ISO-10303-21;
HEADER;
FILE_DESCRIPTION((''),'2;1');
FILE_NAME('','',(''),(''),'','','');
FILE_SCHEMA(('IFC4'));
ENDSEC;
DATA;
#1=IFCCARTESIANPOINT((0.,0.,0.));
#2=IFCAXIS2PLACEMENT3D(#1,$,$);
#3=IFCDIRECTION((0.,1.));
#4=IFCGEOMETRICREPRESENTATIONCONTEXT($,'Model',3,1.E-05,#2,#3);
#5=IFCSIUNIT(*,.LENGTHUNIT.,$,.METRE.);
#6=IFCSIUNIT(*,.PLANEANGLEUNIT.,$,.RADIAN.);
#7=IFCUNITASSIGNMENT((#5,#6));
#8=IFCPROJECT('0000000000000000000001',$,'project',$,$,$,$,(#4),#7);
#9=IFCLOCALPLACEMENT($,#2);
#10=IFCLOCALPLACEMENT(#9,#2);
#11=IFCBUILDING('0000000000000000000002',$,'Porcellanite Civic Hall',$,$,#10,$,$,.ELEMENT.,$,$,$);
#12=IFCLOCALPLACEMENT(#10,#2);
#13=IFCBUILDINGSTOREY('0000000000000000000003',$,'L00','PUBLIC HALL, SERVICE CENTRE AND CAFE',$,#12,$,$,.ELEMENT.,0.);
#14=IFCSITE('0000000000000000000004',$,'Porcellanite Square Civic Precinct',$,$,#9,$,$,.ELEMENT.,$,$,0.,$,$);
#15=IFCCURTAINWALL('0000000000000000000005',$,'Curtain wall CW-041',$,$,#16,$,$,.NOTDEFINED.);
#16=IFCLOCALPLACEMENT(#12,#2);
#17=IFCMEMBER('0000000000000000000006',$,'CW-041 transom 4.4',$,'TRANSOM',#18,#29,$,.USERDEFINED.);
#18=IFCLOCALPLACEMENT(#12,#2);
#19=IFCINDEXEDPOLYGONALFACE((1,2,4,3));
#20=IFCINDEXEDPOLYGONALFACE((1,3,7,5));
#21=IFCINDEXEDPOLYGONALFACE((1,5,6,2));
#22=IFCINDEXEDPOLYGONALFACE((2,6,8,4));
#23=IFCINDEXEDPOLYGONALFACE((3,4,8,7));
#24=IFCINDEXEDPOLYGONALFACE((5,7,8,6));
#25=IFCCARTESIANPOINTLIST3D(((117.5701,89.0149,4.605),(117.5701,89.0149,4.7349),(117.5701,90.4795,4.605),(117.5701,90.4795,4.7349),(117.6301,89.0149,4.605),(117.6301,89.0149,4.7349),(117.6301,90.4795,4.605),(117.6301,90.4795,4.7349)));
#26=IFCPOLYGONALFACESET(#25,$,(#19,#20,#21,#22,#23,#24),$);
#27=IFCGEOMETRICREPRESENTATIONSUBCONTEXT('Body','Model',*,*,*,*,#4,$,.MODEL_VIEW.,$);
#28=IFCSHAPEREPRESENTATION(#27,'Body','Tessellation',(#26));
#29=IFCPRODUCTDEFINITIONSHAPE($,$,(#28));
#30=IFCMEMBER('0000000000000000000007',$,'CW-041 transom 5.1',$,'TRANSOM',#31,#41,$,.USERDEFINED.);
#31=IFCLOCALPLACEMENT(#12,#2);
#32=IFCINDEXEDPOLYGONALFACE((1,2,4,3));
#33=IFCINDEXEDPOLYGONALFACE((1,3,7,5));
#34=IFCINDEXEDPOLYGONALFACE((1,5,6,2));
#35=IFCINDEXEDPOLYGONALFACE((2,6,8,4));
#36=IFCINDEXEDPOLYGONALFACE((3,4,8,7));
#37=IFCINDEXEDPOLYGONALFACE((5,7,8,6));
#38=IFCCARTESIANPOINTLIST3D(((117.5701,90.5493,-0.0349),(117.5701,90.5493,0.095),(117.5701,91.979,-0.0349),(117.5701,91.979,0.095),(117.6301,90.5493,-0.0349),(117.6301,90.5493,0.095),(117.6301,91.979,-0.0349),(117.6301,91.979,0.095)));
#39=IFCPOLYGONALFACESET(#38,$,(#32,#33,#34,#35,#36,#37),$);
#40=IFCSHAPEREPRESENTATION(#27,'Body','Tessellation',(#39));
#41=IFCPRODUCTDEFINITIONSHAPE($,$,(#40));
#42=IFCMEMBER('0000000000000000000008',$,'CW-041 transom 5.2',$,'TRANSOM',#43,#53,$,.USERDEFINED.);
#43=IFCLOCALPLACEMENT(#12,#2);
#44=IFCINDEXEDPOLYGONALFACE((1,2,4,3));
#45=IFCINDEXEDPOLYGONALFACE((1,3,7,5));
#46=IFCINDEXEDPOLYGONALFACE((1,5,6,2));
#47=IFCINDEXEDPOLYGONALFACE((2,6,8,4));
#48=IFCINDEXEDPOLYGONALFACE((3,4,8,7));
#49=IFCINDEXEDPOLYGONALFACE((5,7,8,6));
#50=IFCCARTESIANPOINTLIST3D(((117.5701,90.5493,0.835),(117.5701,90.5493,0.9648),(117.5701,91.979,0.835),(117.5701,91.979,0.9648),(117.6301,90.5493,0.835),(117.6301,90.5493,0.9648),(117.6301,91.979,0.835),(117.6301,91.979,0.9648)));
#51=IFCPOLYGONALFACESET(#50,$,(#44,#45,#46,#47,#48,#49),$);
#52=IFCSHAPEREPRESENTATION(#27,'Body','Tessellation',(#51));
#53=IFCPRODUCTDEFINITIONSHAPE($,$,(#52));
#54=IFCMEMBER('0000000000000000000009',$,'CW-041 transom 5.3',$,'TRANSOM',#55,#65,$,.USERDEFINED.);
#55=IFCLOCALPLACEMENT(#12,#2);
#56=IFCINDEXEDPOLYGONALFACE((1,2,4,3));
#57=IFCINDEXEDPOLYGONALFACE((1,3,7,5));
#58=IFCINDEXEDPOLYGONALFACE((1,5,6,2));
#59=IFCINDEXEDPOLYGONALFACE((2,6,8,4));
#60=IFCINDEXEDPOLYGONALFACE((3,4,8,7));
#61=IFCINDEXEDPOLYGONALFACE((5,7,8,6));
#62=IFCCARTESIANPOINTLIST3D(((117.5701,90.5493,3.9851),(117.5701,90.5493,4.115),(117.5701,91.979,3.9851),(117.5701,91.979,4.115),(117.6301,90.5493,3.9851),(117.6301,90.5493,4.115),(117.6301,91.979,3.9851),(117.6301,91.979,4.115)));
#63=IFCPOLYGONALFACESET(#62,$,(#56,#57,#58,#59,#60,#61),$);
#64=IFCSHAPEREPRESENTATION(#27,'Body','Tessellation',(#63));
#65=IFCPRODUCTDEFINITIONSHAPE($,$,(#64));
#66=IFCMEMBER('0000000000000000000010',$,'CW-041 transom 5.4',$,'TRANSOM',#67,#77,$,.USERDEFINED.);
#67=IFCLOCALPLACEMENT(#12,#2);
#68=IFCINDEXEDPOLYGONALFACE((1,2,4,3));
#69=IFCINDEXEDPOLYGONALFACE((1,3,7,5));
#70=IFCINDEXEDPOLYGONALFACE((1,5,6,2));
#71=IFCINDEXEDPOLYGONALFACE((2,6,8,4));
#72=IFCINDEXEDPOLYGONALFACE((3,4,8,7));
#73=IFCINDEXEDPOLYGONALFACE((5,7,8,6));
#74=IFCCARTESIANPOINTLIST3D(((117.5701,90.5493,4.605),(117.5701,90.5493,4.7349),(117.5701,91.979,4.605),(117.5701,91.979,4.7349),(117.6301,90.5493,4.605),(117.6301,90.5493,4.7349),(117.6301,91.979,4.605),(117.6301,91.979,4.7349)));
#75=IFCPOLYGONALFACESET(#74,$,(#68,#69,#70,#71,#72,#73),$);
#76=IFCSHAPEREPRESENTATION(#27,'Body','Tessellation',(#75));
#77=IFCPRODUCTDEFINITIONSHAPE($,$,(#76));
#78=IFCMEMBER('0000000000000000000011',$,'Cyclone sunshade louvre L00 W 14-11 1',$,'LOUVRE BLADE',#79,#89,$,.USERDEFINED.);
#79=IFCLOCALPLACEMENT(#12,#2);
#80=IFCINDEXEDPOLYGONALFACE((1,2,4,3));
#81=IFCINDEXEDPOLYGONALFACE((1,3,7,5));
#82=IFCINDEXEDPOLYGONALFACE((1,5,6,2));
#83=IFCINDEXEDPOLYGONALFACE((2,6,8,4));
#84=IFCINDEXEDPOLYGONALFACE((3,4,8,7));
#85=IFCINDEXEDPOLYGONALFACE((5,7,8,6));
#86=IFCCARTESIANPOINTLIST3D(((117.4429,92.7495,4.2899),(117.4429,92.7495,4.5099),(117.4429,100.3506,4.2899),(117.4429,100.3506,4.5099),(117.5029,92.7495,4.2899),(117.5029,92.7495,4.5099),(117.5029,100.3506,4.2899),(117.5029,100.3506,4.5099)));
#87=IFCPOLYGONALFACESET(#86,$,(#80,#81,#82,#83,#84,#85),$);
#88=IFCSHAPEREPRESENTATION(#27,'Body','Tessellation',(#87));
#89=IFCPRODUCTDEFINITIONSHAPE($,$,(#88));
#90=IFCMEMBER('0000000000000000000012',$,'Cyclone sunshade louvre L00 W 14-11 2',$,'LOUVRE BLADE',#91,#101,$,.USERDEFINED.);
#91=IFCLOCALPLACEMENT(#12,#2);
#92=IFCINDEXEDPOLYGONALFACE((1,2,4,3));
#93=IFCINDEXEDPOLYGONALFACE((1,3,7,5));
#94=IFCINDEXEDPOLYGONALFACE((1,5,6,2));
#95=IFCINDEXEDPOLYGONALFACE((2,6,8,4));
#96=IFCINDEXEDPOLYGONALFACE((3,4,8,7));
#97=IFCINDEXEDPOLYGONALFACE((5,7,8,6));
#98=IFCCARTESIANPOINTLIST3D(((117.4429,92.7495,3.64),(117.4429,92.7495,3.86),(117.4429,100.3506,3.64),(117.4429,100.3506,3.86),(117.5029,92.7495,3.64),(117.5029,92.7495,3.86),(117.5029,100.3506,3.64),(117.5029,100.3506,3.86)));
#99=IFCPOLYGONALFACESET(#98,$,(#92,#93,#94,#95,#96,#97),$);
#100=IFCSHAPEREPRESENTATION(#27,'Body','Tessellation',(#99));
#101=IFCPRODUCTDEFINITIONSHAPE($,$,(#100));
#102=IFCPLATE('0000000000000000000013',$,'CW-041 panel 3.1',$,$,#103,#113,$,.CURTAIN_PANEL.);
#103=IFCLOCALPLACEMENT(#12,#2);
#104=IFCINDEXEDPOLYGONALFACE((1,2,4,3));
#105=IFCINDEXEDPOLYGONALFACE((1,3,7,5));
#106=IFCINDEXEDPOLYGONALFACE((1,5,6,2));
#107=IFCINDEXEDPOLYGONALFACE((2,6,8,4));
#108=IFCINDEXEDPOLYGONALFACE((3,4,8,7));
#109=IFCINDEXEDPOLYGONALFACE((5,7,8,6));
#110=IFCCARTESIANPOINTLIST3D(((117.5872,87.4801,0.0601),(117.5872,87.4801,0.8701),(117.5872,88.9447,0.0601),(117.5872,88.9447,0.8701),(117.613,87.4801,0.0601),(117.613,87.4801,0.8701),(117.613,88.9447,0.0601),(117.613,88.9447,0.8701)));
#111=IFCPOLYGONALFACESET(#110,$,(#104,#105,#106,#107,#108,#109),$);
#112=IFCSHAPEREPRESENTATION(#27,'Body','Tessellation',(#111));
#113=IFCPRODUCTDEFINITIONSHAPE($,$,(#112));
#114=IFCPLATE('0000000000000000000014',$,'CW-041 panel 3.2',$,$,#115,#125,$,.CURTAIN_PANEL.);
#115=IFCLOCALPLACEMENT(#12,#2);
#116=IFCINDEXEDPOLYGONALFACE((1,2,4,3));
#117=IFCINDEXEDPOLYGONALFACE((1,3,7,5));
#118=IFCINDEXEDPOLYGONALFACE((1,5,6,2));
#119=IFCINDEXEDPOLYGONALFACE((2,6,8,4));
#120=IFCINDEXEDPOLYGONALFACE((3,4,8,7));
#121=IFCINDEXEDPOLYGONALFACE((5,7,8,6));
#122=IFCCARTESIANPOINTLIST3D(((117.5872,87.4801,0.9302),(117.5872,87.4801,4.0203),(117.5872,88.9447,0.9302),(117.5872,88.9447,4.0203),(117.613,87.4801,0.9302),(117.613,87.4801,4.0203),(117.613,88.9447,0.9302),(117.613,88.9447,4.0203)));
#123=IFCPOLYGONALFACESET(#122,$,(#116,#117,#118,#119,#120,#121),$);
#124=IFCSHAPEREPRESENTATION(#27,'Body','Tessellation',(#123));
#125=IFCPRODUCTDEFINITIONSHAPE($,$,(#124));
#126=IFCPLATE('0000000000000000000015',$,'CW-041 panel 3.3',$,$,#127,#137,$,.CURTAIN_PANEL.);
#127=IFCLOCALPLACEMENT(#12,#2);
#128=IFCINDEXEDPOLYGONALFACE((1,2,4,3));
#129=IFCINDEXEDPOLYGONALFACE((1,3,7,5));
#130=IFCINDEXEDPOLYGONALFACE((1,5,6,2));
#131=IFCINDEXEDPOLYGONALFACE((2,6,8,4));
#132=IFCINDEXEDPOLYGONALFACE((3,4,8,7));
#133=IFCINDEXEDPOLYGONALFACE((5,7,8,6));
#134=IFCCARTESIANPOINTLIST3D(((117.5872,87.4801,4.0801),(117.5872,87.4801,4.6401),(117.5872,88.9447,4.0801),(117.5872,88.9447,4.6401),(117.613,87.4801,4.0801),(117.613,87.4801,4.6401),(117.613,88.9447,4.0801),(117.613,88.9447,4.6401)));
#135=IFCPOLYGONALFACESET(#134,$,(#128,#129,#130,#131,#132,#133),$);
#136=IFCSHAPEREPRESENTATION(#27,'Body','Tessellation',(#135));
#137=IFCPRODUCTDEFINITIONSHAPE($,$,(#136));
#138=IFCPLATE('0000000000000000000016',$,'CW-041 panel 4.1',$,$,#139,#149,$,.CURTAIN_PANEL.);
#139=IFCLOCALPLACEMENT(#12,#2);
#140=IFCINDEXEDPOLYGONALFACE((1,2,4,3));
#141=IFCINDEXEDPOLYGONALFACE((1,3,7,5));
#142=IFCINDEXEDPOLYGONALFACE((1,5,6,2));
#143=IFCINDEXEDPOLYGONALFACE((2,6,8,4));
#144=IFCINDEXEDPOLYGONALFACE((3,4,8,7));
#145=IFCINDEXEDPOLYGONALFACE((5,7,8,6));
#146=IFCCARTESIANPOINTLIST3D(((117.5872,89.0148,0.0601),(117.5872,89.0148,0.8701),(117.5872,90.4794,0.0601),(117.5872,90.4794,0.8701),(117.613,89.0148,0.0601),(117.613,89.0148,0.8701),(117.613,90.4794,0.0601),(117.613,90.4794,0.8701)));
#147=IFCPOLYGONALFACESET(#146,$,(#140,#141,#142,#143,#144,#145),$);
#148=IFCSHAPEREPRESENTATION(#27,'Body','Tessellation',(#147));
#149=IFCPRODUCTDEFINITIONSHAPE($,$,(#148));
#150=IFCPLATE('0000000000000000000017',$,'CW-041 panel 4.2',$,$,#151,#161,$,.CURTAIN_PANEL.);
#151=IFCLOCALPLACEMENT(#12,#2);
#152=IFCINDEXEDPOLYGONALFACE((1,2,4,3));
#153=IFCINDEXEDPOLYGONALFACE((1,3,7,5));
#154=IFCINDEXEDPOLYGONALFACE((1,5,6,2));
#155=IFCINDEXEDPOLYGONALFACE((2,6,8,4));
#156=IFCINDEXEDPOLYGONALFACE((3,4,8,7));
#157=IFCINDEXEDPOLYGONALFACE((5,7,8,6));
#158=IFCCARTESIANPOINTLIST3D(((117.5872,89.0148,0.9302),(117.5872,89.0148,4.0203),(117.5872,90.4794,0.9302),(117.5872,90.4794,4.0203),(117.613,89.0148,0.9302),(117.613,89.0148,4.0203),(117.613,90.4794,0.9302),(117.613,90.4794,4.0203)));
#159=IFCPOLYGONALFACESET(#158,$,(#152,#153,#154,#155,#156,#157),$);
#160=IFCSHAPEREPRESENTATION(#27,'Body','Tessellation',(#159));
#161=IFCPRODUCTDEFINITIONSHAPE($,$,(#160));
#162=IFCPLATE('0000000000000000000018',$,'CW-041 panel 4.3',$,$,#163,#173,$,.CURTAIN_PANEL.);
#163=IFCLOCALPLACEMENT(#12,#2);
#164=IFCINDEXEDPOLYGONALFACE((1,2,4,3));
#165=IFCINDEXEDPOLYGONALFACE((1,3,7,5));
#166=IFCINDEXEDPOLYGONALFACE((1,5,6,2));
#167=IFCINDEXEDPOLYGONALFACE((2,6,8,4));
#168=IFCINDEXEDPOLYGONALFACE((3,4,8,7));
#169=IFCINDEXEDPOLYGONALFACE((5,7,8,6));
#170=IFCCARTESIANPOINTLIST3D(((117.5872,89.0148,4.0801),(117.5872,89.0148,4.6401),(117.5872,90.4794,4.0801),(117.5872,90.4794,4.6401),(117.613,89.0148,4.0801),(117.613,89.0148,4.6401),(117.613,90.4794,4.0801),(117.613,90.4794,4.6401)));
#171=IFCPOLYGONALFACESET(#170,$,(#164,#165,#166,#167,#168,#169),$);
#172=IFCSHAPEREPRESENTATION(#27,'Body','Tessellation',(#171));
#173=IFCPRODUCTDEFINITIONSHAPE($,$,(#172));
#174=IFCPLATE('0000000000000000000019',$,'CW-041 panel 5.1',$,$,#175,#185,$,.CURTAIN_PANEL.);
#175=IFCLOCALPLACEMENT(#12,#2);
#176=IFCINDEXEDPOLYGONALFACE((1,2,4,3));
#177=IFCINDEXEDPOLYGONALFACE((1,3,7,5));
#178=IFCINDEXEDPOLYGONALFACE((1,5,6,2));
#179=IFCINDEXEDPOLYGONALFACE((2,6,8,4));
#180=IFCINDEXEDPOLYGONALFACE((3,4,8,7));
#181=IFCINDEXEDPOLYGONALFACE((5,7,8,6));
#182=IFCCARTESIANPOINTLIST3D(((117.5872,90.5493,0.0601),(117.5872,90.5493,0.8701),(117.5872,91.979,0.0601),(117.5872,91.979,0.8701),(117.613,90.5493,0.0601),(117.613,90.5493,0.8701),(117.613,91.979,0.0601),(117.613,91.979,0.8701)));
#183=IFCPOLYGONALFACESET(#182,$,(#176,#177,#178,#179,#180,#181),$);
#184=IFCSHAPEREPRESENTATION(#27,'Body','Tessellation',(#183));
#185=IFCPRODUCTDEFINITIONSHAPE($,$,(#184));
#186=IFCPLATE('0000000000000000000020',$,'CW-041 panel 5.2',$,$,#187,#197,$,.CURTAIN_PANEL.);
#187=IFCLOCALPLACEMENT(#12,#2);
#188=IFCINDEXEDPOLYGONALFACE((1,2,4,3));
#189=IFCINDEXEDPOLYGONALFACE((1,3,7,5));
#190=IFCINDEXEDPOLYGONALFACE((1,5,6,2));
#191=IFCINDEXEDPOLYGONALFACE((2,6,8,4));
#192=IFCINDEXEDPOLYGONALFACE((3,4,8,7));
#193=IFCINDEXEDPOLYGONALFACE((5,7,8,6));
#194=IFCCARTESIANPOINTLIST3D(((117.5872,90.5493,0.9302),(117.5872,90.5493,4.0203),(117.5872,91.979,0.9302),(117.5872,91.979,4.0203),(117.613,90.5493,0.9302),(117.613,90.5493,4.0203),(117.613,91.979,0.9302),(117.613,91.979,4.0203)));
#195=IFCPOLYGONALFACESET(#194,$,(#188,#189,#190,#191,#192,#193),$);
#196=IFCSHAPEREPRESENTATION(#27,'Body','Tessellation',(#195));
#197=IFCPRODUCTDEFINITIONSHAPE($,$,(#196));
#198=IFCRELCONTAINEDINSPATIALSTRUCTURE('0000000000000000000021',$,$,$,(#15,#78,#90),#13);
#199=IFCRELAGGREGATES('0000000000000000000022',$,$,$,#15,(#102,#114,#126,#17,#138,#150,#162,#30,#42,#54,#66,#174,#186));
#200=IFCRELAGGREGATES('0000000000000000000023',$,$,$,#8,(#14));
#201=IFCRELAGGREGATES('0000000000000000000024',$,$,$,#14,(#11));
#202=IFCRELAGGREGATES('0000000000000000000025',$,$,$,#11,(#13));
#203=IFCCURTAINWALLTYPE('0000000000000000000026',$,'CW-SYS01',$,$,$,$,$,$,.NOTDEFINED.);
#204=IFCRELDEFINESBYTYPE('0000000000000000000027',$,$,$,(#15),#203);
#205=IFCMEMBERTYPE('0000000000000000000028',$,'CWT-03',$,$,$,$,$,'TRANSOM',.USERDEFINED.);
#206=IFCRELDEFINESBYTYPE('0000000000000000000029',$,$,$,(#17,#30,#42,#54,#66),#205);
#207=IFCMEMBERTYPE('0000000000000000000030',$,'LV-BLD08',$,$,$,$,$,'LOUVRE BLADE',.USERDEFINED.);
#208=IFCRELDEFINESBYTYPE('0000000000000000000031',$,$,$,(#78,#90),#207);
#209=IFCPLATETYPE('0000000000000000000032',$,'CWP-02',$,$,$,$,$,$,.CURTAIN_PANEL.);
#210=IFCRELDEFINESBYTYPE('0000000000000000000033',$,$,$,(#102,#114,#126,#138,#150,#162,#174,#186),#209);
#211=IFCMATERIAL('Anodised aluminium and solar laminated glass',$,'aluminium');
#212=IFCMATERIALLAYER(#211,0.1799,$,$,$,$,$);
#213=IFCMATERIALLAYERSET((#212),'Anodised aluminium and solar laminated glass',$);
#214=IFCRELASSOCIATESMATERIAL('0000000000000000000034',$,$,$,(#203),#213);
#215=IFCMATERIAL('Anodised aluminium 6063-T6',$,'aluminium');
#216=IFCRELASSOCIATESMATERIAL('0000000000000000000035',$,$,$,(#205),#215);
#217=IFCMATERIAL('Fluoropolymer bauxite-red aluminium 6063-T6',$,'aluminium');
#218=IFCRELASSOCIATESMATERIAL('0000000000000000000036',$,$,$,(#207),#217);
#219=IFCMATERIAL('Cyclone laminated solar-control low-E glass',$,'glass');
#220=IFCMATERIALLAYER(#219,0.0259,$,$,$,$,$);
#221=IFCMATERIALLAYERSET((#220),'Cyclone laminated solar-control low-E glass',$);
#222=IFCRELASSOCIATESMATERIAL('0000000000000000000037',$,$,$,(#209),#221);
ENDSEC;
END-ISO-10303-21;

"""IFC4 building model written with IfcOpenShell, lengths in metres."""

from ifc_helpers import new_model, si_unit, direction, frame, origin, origin_2d, place, context, subcontext, project, spatial, rectangle, extrude, material, layer, layer_set, material_profile, profile_set, type_object, element, aggregate, save


model = new_model("IFC4")

# Units and contexts
model_context = context("Model", 3, precision=1e-05, world=origin(), true_north=direction((0.0, 1.0)))
body_context = subcontext(model_context, "Body", "Model", "MODEL_VIEW")
ifc_project = project(units=[si_unit("LENGTHUNIT", "METRE"), si_unit("PLANEANGLEUNIT", "RADIAN")], contexts=[model_context])

# Site, building, storey
site_placement = place(None, origin())
site = spatial("IfcSite", under=ifc_project, at=site_placement, Name="Porcellanite Square Civic Precinct", CompositionType="ELEMENT", RefElevation=0.0)
building_placement = place(site_placement, origin())
building = spatial("IfcBuilding", under=site, at=building_placement, Name="Porcellanite Civic Hall", CompositionType="ELEMENT")
storey_placement = place(building_placement, origin())
storey = spatial("IfcBuildingStorey", under=building, at=storey_placement, Name="L00", Description="PUBLIC HALL, SERVICE CENTRE AND CAFE", CompositionType="ELEMENT", Elevation=0.0)

# Curtain wall, members
ifc_material_1 = material(Name="Anodised aluminium and solar laminated glass", Category="aluminium")
ifc_layer_1 = layer(ifc_material_1, 0.1799)
ifc_layer_set_1 = layer_set([ifc_layer_1], Name="Anodised aluminium and solar laminated glass")
curtain_wall_type_1 = type_object("IfcCurtainWallType", Name="CW-SYS01", PredefinedType="NOTDEFINED", material=ifc_layer_set_1)
curtain_wall_1_placement = place(storey_placement, origin())
curtain_wall_1 = element("IfcCurtainWall", 1, at=curtain_wall_1_placement, inside=storey, type_object=curtain_wall_type_1, Name="Curtain wall CW-041", PredefinedType="NOTDEFINED")
ifc_material_2 = material(Name="Anodised aluminium 6063-T6", Category="aluminium")
ifc_material_profile_1 = material_profile(ifc_material_2, rectangle(XDim=0.0601, YDim=0.1299, at=origin_2d()), Name="AL-60x130")
ifc_profile_set_1 = profile_set([ifc_material_profile_1], Name="Anodised aluminium 6063-T6")
member_type_1 = type_object("IfcMemberType", Name="CWT-03", ElementType="TRANSOM", PredefinedType="USERDEFINED", material=ifc_profile_set_1)
member_1_placement = place(storey_placement, frame((117.6001, 89.0149, 4.6699), z_axis=(0.0, 1.0, 0.0), x_axis=(-1.0, 0.0, 0.0)))
member_1 = element("IfcMember", 2, at=member_1_placement, type_object=member_type_1, Name="CW-041 transom 4.4", ObjectType="TRANSOM", PredefinedType="USERDEFINED", context=body_context, shape_type="SweptSolid", body=[
    extrude(rectangle(XDim=0.0601, YDim=0.1299, at=origin_2d()), origin(), (0.0, 0.0, 1.0), 1.4646),
])
member_2_placement = place(storey_placement, frame((117.6001, 90.5493, 0.03), z_axis=(0.0, 1.0, 0.0), x_axis=(-1.0, 0.0, 0.0)))
member_2 = element("IfcMember", 3, at=member_2_placement, type_object=member_type_1, Name="CW-041 transom 5.1", ObjectType="TRANSOM", PredefinedType="USERDEFINED", context=body_context, shape_type="SweptSolid", body=[
    extrude(rectangle(XDim=0.0601, YDim=0.1299, at=origin_2d()), origin(), (0.0, 0.0, 1.0), 1.4297),
])
member_3_placement = place(storey_placement, frame((117.6001, 90.5493, 0.8999), z_axis=(0.0, 1.0, 0.0), x_axis=(-1.0, 0.0, 0.0)))
member_3 = element("IfcMember", 4, at=member_3_placement, type_object=member_type_1, Name="CW-041 transom 5.2", ObjectType="TRANSOM", PredefinedType="USERDEFINED", context=body_context, shape_type="SweptSolid", body=[
    extrude(rectangle(XDim=0.0601, YDim=0.1299, at=origin_2d()), origin(), (0.0, 0.0, 1.0), 1.4297),
])
member_4_placement = place(storey_placement, frame((117.6001, 90.5493, 4.05), z_axis=(0.0, 1.0, 0.0), x_axis=(-1.0, 0.0, 0.0)))
member_4 = element("IfcMember", 5, at=member_4_placement, type_object=member_type_1, Name="CW-041 transom 5.3", ObjectType="TRANSOM", PredefinedType="USERDEFINED", context=body_context, shape_type="SweptSolid", body=[
    extrude(rectangle(XDim=0.0601, YDim=0.1299, at=origin_2d()), origin(), (0.0, 0.0, 1.0), 1.4297),
])
member_5_placement = place(storey_placement, frame((117.6001, 90.5493, 4.6699), z_axis=(0.0, 1.0, 0.0), x_axis=(-1.0, 0.0, 0.0)))
member_5 = element("IfcMember", 6, at=member_5_placement, type_object=member_type_1, Name="CW-041 transom 5.4", ObjectType="TRANSOM", PredefinedType="USERDEFINED", context=body_context, shape_type="SweptSolid", body=[
    extrude(rectangle(XDim=0.0601, YDim=0.1299, at=origin_2d()), origin(), (0.0, 0.0, 1.0), 1.4297),
])

# Members
ifc_material_3 = material(Name="Fluoropolymer bauxite-red aluminium 6063-T6", Category="aluminium")
ifc_material_profile_2 = material_profile(ifc_material_3, rectangle(XDim=0.0601, YDim=0.22, at=origin_2d()), Name="AL-60x220")
ifc_profile_set_2 = profile_set([ifc_material_profile_2], Name="Fluoropolymer bauxite-red aluminium 6063-T6")
member_type_2 = type_object("IfcMemberType", Name="LV-BLD08", ElementType="LOUVRE BLADE", PredefinedType="USERDEFINED", material=ifc_profile_set_2)
for number, where, z_axis, x_axis, name in (
    (7, (117.4729, 92.7495, 4.3999), (0.0, 1.0, 0.0), (-1.0, 0.0, 0.0), "Cyclone sunshade louvre L00 W 14-11 1"),
    (8, (117.4729, 92.7495, 3.75), (0.0, 1.0, 0.0), (-1.0, 0.0, 0.0), "Cyclone sunshade louvre L00 W 14-11 2"),
):
    element("IfcMember", number, at=place(storey_placement, frame(where, z_axis=z_axis, x_axis=x_axis)), inside=storey, type_object=member_type_2, Name=name, ObjectType="LOUVRE BLADE", PredefinedType="USERDEFINED", context=body_context, shape_type="SweptSolid", body=[
        extrude(rectangle(XDim=0.0601, YDim=0.22, at=origin_2d()), origin(), (0.0, 0.0, 1.0), 7.6011),
    ])

# Plates
ifc_material_4 = material(Name="Cyclone laminated solar-control low-E glass", Category="glass")
ifc_layer_2 = layer(ifc_material_4, 0.0259)
ifc_layer_set_2 = layer_set([ifc_layer_2], Name="Cyclone laminated solar-control low-E glass")
plate_type = type_object("IfcPlateType", Name="CWP-02", PredefinedType="CURTAIN_PANEL", material=ifc_layer_set_2)
plate_1_placement = place(storey_placement, frame((117.6001, 88.2124, 0.0601), z_axis=(0.0, 0.0, 1.0), x_axis=(0.0, 1.0, 0.0)))
plate_1 = element("IfcPlate", 9, at=plate_1_placement, type_object=plate_type, Name="CW-041 panel 3.1", PredefinedType="CURTAIN_PANEL", context=body_context, shape_type="SweptSolid", body=[
    extrude(rectangle(XDim=1.4646, YDim=0.0259, at=origin_2d()), origin(), (0.0, 0.0, 1.0), 0.8101),
])
plate_2_placement = place(storey_placement, frame((117.6001, 88.2124, 0.9302), z_axis=(0.0, 0.0, 1.0), x_axis=(0.0, 1.0, 0.0)))
plate_2 = element("IfcPlate", 10, at=plate_2_placement, type_object=plate_type, Name="CW-041 panel 3.2", PredefinedType="CURTAIN_PANEL", context=body_context, shape_type="SweptSolid", body=[
    extrude(rectangle(XDim=1.4646, YDim=0.0259, at=origin_2d()), origin(), (0.0, 0.0, 1.0), 3.0901),
])
plate_3_placement = place(storey_placement, frame((117.6001, 88.2124, 4.0801), z_axis=(0.0, 0.0, 1.0), x_axis=(0.0, 1.0, 0.0)))
plate_3 = element("IfcPlate", 11, at=plate_3_placement, type_object=plate_type, Name="CW-041 panel 3.3", PredefinedType="CURTAIN_PANEL", context=body_context, shape_type="SweptSolid", body=[
    extrude(rectangle(XDim=1.4646, YDim=0.0259, at=origin_2d()), origin(), (0.0, 0.0, 1.0), 0.5601),
])
plate_4_placement = place(storey_placement, frame((117.6001, 89.7471, 0.0601), z_axis=(0.0, 0.0, 1.0), x_axis=(0.0, 1.0, 0.0)))
plate_4 = element("IfcPlate", 12, at=plate_4_placement, type_object=plate_type, Name="CW-041 panel 4.1", PredefinedType="CURTAIN_PANEL", context=body_context, shape_type="SweptSolid", body=[
    extrude(rectangle(XDim=1.4646, YDim=0.0259, at=origin_2d()), origin(), (0.0, 0.0, 1.0), 0.8101),
])
plate_5_placement = place(storey_placement, frame((117.6001, 89.7471, 0.9302), z_axis=(0.0, 0.0, 1.0), x_axis=(0.0, 1.0, 0.0)))
plate_5 = element("IfcPlate", 13, at=plate_5_placement, type_object=plate_type, Name="CW-041 panel 4.2", PredefinedType="CURTAIN_PANEL", context=body_context, shape_type="SweptSolid", body=[
    extrude(rectangle(XDim=1.4646, YDim=0.0259, at=origin_2d()), origin(), (0.0, 0.0, 1.0), 3.0901),
])
plate_6_placement = place(storey_placement, frame((117.6001, 89.7471, 4.0801), z_axis=(0.0, 0.0, 1.0), x_axis=(0.0, 1.0, 0.0)))
plate_6 = element("IfcPlate", 14, at=plate_6_placement, type_object=plate_type, Name="CW-041 panel 4.3", PredefinedType="CURTAIN_PANEL", context=body_context, shape_type="SweptSolid", body=[
    extrude(rectangle(XDim=1.4646, YDim=0.0259, at=origin_2d()), origin(), (0.0, 0.0, 1.0), 0.5601),
])
plate_7_placement = place(storey_placement, frame((117.6001, 91.2642, 0.0601), z_axis=(0.0, 0.0, 1.0), x_axis=(0.0, 1.0, 0.0)))
plate_7 = element("IfcPlate", 15, at=plate_7_placement, type_object=plate_type, Name="CW-041 panel 5.1", PredefinedType="CURTAIN_PANEL", context=body_context, shape_type="SweptSolid", body=[
    extrude(rectangle(XDim=1.4297, YDim=0.0259, at=origin_2d()), origin(), (0.0, 0.0, 1.0), 0.8101),
])
plate_8_placement = place(storey_placement, frame((117.6001, 91.2642, 0.9302), z_axis=(0.0, 0.0, 1.0), x_axis=(0.0, 1.0, 0.0)))
plate_8 = element("IfcPlate", 16, at=plate_8_placement, type_object=plate_type, Name="CW-041 panel 5.2", PredefinedType="CURTAIN_PANEL", context=body_context, shape_type="SweptSolid", body=[
    extrude(rectangle(XDim=1.4297, YDim=0.0259, at=origin_2d()), origin(), (0.0, 0.0, 1.0), 3.0901),
])
aggregate(curtain_wall_1, [plate_1, plate_2, plate_3, member_1, plate_4, plate_5, plate_6, member_2, member_3, member_4, member_5, plate_7, plate_8])

save(model, "model.ifc")
